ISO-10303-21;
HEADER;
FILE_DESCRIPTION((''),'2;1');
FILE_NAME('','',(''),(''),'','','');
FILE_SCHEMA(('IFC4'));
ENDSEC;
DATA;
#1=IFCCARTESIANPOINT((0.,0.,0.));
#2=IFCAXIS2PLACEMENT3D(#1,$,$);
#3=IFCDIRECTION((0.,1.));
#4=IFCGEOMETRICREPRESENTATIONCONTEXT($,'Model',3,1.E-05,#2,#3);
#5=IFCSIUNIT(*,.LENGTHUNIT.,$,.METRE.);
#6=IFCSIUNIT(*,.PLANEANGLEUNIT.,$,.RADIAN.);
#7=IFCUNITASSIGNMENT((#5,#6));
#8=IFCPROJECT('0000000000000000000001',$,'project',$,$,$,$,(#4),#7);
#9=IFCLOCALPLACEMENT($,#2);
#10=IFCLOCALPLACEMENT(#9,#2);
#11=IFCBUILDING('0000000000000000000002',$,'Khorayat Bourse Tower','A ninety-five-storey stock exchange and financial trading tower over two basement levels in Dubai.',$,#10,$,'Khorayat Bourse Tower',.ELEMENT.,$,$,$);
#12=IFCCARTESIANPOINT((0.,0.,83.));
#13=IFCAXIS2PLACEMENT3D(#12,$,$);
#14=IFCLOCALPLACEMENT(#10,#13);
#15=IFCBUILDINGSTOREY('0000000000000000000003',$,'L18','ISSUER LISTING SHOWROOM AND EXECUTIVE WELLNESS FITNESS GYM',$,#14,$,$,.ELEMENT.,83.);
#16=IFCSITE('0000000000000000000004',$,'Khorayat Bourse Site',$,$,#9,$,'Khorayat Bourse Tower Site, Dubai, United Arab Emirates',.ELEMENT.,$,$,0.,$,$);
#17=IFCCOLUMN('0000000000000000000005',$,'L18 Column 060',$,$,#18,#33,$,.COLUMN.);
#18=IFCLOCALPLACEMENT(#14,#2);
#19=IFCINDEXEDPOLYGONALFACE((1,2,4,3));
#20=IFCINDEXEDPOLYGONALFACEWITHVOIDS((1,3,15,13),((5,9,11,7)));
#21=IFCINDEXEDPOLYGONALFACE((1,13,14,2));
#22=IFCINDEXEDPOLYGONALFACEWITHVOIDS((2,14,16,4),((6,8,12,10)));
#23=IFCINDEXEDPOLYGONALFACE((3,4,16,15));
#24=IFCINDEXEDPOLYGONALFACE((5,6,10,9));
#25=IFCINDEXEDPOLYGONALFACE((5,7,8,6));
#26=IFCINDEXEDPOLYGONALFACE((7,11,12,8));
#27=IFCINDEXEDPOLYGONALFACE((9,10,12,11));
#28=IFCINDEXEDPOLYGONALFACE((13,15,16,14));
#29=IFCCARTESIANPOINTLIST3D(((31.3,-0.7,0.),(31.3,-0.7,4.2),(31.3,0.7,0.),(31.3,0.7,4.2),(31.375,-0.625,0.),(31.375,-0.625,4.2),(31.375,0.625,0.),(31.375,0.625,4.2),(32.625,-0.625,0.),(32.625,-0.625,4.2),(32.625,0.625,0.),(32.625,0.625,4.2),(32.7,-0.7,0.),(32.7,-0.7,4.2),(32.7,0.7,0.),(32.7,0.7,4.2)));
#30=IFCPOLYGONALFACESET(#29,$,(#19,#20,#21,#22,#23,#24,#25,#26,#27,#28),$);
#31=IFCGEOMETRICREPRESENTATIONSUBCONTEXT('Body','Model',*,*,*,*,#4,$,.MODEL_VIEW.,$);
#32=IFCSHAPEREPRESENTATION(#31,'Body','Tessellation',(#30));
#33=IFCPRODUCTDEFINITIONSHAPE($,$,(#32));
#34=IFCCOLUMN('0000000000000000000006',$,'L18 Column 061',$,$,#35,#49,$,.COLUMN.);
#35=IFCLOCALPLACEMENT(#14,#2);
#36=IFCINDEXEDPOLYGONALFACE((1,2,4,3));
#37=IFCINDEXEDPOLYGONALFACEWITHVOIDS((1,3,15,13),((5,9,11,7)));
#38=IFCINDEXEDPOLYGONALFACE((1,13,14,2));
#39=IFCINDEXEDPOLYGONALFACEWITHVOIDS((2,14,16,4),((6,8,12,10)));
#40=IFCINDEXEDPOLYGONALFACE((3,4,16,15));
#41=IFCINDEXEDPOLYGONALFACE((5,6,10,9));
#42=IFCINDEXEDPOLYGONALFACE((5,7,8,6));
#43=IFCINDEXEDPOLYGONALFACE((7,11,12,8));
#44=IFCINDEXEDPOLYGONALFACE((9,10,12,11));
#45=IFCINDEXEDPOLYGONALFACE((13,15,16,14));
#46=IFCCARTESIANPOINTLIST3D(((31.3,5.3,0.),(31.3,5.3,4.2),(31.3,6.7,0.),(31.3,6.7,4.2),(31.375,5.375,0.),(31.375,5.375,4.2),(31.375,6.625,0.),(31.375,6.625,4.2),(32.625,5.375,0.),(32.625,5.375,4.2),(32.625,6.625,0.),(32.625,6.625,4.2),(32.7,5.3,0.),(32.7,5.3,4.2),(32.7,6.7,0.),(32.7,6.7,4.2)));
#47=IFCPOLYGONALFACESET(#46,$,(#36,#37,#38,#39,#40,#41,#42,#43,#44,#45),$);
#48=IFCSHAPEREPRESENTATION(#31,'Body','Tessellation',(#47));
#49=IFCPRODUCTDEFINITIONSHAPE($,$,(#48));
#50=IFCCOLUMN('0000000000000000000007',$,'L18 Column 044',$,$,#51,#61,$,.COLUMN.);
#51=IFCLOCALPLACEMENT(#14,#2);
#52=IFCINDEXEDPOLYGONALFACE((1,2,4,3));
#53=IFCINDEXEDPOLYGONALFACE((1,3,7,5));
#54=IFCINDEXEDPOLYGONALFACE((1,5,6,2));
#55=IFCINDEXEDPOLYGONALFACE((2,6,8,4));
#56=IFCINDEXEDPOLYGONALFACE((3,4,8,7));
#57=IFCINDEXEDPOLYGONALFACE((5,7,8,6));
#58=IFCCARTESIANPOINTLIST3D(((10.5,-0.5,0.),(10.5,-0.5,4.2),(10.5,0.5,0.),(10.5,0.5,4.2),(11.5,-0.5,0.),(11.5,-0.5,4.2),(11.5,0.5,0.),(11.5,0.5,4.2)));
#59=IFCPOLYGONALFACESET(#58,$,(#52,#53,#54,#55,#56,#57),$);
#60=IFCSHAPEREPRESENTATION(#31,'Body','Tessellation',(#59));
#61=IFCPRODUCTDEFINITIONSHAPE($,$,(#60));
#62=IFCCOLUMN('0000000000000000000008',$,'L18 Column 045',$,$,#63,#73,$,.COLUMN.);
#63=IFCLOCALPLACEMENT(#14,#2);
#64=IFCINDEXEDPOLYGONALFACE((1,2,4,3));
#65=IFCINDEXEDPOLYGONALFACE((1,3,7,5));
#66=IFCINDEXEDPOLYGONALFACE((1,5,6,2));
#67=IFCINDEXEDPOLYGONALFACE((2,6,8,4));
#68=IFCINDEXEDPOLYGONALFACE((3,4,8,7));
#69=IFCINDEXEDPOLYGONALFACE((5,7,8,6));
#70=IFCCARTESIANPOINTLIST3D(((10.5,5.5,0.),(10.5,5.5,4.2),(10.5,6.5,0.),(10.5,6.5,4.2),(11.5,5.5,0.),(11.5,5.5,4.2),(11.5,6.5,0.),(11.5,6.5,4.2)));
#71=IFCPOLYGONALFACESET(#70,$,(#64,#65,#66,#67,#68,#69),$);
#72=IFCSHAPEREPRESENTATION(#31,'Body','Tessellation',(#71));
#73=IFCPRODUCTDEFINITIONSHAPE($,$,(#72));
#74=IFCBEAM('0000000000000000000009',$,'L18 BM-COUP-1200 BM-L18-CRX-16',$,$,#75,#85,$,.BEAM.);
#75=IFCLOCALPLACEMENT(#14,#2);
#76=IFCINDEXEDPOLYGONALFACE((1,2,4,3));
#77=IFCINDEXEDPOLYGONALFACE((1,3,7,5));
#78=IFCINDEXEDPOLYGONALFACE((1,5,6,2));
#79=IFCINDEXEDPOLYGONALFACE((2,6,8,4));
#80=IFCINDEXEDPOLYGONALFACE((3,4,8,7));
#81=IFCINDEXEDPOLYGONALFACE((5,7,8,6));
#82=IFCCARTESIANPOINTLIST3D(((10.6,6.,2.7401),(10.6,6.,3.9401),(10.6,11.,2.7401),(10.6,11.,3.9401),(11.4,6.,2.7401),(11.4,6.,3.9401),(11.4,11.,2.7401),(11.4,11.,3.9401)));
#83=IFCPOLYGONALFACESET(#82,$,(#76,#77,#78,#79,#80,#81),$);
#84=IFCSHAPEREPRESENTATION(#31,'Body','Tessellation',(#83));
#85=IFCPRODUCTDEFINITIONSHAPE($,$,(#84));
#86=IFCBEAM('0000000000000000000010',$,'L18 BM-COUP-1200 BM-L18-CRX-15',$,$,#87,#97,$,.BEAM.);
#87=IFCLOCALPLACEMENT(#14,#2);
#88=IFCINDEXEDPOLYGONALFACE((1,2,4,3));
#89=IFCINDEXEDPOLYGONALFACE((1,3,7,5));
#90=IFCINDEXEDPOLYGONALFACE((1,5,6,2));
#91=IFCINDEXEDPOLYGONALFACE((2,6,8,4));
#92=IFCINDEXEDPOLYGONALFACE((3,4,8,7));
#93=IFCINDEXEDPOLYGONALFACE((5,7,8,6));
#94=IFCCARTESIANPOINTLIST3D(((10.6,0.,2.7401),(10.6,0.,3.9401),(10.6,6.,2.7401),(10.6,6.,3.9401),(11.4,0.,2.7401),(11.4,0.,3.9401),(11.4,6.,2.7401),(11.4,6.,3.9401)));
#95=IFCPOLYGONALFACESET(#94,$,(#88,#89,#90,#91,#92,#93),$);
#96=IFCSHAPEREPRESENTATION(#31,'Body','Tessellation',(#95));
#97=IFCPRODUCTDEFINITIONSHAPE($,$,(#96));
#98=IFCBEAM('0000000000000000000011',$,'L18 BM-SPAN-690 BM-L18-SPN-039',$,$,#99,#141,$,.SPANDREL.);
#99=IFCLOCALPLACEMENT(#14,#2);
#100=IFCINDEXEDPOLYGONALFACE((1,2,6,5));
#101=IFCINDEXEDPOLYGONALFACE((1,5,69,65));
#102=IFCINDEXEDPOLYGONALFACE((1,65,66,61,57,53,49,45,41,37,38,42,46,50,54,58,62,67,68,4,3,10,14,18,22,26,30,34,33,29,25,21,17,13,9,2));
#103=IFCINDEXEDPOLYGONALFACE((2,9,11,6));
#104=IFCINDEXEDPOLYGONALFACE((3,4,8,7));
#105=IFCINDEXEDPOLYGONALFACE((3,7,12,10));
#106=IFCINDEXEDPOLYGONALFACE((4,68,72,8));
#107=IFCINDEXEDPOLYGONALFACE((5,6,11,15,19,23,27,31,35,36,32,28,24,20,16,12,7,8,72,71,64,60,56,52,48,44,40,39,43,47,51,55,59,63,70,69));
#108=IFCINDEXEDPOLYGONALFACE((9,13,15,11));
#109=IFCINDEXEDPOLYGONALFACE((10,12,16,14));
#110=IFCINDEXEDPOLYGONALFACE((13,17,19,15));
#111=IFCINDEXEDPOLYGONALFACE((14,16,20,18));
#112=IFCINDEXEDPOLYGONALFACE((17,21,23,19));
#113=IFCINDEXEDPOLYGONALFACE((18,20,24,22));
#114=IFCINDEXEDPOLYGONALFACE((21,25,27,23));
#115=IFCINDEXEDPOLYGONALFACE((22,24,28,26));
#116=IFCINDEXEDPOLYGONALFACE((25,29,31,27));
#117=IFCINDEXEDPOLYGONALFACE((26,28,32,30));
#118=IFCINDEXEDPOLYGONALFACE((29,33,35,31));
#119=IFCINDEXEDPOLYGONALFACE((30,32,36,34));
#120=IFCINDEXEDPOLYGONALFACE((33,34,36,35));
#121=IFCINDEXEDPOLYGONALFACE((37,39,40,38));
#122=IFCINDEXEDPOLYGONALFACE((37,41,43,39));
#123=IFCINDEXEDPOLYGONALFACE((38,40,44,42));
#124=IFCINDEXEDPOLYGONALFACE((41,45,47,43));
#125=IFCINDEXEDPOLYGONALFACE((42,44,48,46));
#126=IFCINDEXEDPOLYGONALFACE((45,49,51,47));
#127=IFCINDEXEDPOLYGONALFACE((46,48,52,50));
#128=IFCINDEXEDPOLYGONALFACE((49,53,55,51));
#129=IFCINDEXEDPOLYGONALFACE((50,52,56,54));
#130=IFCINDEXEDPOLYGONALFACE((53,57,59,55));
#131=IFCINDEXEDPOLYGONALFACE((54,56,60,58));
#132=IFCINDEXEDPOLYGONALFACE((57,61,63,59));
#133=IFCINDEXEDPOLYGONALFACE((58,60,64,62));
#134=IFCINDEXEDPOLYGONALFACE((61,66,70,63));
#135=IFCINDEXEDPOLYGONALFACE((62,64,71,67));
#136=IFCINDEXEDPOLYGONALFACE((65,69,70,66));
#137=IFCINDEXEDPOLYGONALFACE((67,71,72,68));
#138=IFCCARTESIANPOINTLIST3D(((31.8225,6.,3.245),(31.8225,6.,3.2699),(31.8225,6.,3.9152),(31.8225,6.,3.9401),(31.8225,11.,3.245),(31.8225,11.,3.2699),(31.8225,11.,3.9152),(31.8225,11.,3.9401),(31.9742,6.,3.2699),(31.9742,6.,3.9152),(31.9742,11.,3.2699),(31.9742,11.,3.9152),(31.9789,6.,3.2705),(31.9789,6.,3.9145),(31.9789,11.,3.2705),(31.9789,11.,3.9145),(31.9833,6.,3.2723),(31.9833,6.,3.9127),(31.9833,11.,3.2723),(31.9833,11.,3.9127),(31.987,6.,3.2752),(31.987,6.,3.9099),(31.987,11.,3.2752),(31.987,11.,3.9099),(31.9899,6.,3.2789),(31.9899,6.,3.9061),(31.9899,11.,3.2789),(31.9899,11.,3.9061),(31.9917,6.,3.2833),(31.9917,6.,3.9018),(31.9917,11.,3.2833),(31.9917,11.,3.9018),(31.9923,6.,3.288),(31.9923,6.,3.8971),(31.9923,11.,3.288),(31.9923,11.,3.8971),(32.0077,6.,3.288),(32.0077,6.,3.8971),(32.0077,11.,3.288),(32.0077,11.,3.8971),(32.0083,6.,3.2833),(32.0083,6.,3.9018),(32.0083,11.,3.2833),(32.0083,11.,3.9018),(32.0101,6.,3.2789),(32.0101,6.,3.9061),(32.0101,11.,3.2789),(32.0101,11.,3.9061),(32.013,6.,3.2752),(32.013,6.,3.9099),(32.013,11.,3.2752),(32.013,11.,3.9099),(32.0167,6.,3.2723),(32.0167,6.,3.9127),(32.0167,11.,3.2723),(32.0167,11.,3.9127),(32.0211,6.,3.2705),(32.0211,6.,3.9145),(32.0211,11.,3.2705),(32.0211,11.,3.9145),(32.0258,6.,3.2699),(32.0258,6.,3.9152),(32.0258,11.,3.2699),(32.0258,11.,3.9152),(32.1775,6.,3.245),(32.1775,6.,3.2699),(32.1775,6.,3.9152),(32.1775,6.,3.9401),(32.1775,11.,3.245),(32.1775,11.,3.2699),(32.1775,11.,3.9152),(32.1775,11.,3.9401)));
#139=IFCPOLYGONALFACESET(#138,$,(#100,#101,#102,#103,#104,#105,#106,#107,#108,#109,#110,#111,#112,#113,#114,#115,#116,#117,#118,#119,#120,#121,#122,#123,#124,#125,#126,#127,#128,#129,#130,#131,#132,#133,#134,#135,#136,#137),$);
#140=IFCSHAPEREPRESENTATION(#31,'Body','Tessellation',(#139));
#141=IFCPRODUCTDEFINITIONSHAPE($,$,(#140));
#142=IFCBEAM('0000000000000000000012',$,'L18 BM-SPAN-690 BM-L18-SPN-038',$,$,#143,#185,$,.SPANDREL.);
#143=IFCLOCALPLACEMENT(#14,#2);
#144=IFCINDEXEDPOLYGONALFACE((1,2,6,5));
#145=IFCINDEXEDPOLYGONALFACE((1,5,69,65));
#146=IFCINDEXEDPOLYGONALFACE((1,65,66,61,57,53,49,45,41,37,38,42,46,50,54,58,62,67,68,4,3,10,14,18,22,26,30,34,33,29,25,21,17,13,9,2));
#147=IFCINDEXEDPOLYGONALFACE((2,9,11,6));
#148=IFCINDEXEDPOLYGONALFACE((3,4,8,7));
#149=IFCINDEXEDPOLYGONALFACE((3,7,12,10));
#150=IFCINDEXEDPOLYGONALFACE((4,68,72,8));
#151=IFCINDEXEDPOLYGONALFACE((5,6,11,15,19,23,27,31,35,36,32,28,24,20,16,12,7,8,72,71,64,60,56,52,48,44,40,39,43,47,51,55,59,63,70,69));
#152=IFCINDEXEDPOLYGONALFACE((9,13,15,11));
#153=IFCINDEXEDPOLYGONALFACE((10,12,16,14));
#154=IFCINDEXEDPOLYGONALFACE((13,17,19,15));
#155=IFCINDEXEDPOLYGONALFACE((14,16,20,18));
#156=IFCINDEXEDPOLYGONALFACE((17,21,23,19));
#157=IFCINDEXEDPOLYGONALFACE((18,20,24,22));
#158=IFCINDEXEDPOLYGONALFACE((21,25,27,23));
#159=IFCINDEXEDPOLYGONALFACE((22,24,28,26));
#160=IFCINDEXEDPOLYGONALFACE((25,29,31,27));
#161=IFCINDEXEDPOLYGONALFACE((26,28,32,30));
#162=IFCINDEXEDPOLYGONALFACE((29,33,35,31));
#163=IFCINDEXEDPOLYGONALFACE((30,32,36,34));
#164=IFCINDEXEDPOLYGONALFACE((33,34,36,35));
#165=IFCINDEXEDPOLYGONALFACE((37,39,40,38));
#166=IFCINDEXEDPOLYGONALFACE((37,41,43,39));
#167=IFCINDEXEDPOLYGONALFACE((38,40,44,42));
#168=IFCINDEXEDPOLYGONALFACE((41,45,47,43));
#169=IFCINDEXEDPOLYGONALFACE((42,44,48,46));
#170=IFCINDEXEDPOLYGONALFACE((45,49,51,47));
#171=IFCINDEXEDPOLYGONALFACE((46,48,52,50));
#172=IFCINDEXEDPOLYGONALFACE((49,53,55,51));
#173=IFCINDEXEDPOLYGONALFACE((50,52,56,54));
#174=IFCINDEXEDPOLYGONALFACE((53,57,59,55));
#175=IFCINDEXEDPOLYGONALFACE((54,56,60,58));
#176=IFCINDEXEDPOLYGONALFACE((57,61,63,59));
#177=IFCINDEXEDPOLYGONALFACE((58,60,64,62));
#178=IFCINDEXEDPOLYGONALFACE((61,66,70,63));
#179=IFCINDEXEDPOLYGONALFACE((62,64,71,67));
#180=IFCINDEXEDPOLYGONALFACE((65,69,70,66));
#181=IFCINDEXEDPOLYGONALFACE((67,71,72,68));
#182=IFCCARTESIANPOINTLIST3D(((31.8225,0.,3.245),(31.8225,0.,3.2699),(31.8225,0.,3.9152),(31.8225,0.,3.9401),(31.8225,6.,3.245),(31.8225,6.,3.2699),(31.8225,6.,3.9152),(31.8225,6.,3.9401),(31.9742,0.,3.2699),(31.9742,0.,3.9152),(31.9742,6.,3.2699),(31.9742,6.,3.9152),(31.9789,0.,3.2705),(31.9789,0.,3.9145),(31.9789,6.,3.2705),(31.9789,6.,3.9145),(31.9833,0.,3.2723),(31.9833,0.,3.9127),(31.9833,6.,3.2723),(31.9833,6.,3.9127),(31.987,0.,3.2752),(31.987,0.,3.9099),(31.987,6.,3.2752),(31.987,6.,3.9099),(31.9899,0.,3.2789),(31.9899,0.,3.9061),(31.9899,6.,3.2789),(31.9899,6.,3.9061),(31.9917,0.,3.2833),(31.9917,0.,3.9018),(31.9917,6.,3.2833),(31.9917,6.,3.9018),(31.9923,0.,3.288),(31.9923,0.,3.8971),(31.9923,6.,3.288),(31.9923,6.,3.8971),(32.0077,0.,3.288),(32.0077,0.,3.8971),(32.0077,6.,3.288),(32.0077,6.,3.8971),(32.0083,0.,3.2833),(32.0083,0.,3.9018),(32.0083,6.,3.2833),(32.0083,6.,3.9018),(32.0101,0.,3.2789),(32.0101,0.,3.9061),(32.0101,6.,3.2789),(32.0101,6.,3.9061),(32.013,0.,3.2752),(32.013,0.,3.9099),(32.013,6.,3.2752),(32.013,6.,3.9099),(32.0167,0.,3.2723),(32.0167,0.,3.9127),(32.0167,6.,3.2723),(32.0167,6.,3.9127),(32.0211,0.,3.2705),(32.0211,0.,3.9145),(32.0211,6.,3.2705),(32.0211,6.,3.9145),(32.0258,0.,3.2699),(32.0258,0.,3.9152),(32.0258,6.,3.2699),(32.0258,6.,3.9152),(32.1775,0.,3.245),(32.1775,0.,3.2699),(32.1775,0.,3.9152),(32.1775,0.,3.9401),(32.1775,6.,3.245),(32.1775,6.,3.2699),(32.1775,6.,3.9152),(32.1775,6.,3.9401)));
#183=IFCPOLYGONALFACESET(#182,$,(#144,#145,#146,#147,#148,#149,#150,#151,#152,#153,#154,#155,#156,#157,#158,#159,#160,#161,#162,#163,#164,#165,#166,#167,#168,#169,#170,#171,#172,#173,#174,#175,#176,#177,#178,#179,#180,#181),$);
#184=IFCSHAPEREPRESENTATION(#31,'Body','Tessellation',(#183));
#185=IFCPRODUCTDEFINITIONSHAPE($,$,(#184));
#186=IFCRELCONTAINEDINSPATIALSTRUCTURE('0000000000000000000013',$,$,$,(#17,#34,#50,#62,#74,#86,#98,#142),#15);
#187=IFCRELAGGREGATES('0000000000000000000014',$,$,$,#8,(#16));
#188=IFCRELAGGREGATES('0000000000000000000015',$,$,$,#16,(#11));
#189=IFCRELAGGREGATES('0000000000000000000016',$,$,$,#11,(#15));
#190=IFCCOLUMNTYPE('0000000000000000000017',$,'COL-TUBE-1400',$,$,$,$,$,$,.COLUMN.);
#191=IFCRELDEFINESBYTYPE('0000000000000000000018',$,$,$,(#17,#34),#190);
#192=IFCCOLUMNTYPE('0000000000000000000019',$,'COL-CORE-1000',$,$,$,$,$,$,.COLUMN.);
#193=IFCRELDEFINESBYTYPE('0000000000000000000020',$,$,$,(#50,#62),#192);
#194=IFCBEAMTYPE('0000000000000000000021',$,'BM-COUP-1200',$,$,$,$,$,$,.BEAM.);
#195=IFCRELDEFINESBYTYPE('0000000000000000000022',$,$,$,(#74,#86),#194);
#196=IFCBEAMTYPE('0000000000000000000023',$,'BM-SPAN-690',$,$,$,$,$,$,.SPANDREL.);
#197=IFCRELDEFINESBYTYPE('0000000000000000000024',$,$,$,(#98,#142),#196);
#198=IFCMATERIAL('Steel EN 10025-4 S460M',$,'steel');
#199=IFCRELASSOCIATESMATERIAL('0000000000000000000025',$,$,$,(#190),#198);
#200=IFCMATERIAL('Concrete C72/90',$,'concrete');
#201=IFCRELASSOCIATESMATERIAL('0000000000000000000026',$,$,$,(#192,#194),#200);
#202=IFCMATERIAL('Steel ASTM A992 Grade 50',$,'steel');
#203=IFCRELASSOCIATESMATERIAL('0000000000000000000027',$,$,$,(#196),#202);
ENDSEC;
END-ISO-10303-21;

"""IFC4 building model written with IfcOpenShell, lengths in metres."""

from ifc_helpers import new_model, si_unit, direction, frame, origin, origin_2d, place, context, subcontext, project, spatial, rectangle, hollow_rectangle, i_section, extrude, source, transform, mapped, material, material_profile, profile_set, type_object, element, save


model = new_model("IFC4")

# Units and contexts
model_context = context("Model", 3, precision=1e-05, world=origin(), true_north=direction((0.0, 1.0)))
body_context = subcontext(model_context, "Body", "Model", "MODEL_VIEW")
ifc_project = project(units=[si_unit("LENGTHUNIT", "METRE"), si_unit("PLANEANGLEUNIT", "RADIAN")], contexts=[model_context])

# Site, building, storey
site_placement = place(None, origin())
site = spatial("IfcSite", under=ifc_project, at=site_placement, Name="Khorayat Bourse Site", LongName="Khorayat Bourse Tower Site, Dubai, United Arab Emirates", CompositionType="ELEMENT", RefElevation=0.0)
building_placement = place(site_placement, origin())
building = spatial("IfcBuilding", under=site, at=building_placement, Name="Khorayat Bourse Tower", Description="A ninety-five-storey stock exchange and financial trading tower over two basement levels in Dubai.", LongName="Khorayat Bourse Tower", CompositionType="ELEMENT")
storey_placement = place(building_placement, frame((0.0, 0.0, 83.0)))
storey = spatial("IfcBuildingStorey", under=building, at=storey_placement, Name="L18", Description="ISSUER LISTING SHOWROOM AND EXECUTIVE WELLNESS FITNESS GYM", CompositionType="ELEMENT", Elevation=83.0)

# Columns
ifc_material_1 = material(Name="Steel EN 10025-4 S460M", Category="steel")
ifc_material_profile_1 = material_profile(ifc_material_1, hollow_rectangle(XDim=1.3999, YDim=1.3999, WallThickness=0.075, at=origin_2d()), Name="BOX 1400x1400x75")
ifc_profile_set_1 = profile_set([ifc_material_profile_1], Name="Steel EN 10025-4 S460M")
column_type_1 = type_object("IfcColumnType", Name="COL-TUBE-1400", PredefinedType="COLUMN", material=ifc_profile_set_1)
shared_shape_1 = source(origin(), body_context, "Body", "SweptSolid", [
    extrude(hollow_rectangle(XDim=1.3999, YDim=1.3999, WallThickness=0.075, at=origin_2d()), origin(), (0.0, 0.0, 1.0), 4.2),
])
for number, where, z_axis, x_axis, name in (
    (1, (32.0, 0.0, 0.0), (0.0, 0.0, 1.0), (1.0, 0.0, 0.0), "L18 Column 060"),
    (2, (32.0, 6.0, 0.0), (0.0, 0.0, 1.0), (1.0, 0.0, 0.0), "L18 Column 061"),
):
    element("IfcColumn", number, at=place(storey_placement, frame(where, z_axis=z_axis, x_axis=x_axis)), inside=storey, type_object=column_type_1, Name=name, PredefinedType="COLUMN", context=body_context, shape_type="MappedRepresentation", body=[
        mapped(shared_shape_1, transform((0.0, 0.0, 0.0), scale=1.0)),
    ])
ifc_material_2 = material(Name="Concrete C72/90", Category="concrete")
ifc_material_profile_2 = material_profile(ifc_material_2, rectangle(XDim=1.0, YDim=1.0, at=origin_2d()), Name="RC 1000x1000")
ifc_profile_set_2 = profile_set([ifc_material_profile_2], Name="Concrete C72/90")
column_type_2 = type_object("IfcColumnType", Name="COL-CORE-1000", PredefinedType="COLUMN", material=ifc_profile_set_2)
shared_shape_2 = source(origin(), body_context, "Body", "SweptSolid", [
    extrude(rectangle(XDim=1.0, YDim=1.0, at=origin_2d()), origin(), (0.0, 0.0, 1.0), 4.2),
])
for number, where, z_axis, x_axis, name in (
    (3, (11.0, 0.0, 0.0), (0.0, 0.0, 1.0), (1.0, 0.0, 0.0), "L18 Column 044"),
    (4, (11.0, 6.0, 0.0), (0.0, 0.0, 1.0), (1.0, 0.0, 0.0), "L18 Column 045"),
):
    element("IfcColumn", number, at=place(storey_placement, frame(where, z_axis=z_axis, x_axis=x_axis)), inside=storey, type_object=column_type_2, Name=name, PredefinedType="COLUMN", context=body_context, shape_type="MappedRepresentation", body=[
        mapped(shared_shape_2, transform((0.0, 0.0, 0.0), scale=1.0)),
    ])

# Beams
ifc_material_profile_3 = material_profile(ifc_material_2, rectangle(XDim=0.8, YDim=1.2, at=origin_2d()), Name="RC 800x1200")
ifc_profile_set_3 = profile_set([ifc_material_profile_3], Name="Concrete C72/90")
beam_type_1 = type_object("IfcBeamType", Name="BM-COUP-1200", PredefinedType="BEAM", material=ifc_profile_set_3)
shared_shape_3 = source(origin(), body_context, "Body", "SweptSolid", [
    extrude(rectangle(XDim=0.8, YDim=1.2, at=origin_2d()), origin(), (0.0, 0.0, 1.0), 5.0),
])
beam_1_placement = place(storey_placement, frame((11.0, 6.0, 3.3401), z_axis=(0.0, 1.0, 0.0), x_axis=(-1.0, 0.0, 0.0)))
element("IfcBeam", 5, at=beam_1_placement, inside=storey, type_object=beam_type_1, Name="L18 BM-COUP-1200 BM-L18-CRX-16", PredefinedType="BEAM", context=body_context, shape_type="MappedRepresentation", body=[
    mapped(shared_shape_3, transform((0.0, 0.0, 0.0), scale=1.0)),
])
shared_shape_4 = source(origin(), body_context, "Body", "SweptSolid", [
    extrude(rectangle(XDim=0.8, YDim=1.2, at=origin_2d()), origin(), (0.0, 0.0, 1.0), 6.0),
])
beam_2_placement = place(storey_placement, frame((11.0, 0.0, 3.3401), z_axis=(0.0, 1.0, 0.0), x_axis=(-1.0, 0.0, 0.0)))
element("IfcBeam", 6, at=beam_2_placement, inside=storey, type_object=beam_type_1, Name="L18 BM-COUP-1200 BM-L18-CRX-15", PredefinedType="BEAM", context=body_context, shape_type="MappedRepresentation", body=[
    mapped(shared_shape_4, transform((0.0, 0.0, 0.0), scale=1.0)),
])
ifc_material_3 = material(Name="Steel ASTM A992 Grade 50", Category="steel")
ifc_material_profile_4 = material_profile(ifc_material_3, i_section(OverallWidth=0.355, OverallDepth=0.6951, WebThickness=0.0154, FlangeThickness=0.0249, FilletRadius=0.0181, at=origin_2d()), Name="W690X217")
ifc_profile_set_4 = profile_set([ifc_material_profile_4], Name="Steel ASTM A992 Grade 50")
beam_type_2 = type_object("IfcBeamType", Name="BM-SPAN-690", PredefinedType="SPANDREL", material=ifc_profile_set_4)
shared_shape_5 = source(origin(), body_context, "Body", "SweptSolid", [
    extrude(i_section(OverallWidth=0.355, OverallDepth=0.6951, WebThickness=0.0154, FlangeThickness=0.0249, FilletRadius=0.0181, at=origin_2d()), origin(), (0.0, 0.0, 1.0), 5.0),
])
beam_3_placement = place(storey_placement, frame((32.0, 6.0, 3.5925), z_axis=(0.0, 1.0, 0.0), x_axis=(-1.0, 0.0, 0.0)))
element("IfcBeam", 7, at=beam_3_placement, inside=storey, type_object=beam_type_2, Name="L18 BM-SPAN-690 BM-L18-SPN-039", PredefinedType="SPANDREL", context=body_context, shape_type="MappedRepresentation", body=[
    mapped(shared_shape_5, transform((0.0, 0.0, 0.0), scale=1.0)),
])
shared_shape_6 = source(origin(), body_context, "Body", "SweptSolid", [
    extrude(i_section(OverallWidth=0.355, OverallDepth=0.6951, WebThickness=0.0154, FlangeThickness=0.0249, FilletRadius=0.0181, at=origin_2d()), origin(), (0.0, 0.0, 1.0), 6.0),
])
beam_4_placement = place(storey_placement, frame((32.0, 0.0, 3.5925), z_axis=(0.0, 1.0, 0.0), x_axis=(-1.0, 0.0, 0.0)))
element("IfcBeam", 8, at=beam_4_placement, inside=storey, type_object=beam_type_2, Name="L18 BM-SPAN-690 BM-L18-SPN-038", PredefinedType="SPANDREL", context=body_context, shape_type="MappedRepresentation", body=[
    mapped(shared_shape_6, transform((0.0, 0.0, 0.0), scale=1.0)),
])

save(model, "model.ifc")
